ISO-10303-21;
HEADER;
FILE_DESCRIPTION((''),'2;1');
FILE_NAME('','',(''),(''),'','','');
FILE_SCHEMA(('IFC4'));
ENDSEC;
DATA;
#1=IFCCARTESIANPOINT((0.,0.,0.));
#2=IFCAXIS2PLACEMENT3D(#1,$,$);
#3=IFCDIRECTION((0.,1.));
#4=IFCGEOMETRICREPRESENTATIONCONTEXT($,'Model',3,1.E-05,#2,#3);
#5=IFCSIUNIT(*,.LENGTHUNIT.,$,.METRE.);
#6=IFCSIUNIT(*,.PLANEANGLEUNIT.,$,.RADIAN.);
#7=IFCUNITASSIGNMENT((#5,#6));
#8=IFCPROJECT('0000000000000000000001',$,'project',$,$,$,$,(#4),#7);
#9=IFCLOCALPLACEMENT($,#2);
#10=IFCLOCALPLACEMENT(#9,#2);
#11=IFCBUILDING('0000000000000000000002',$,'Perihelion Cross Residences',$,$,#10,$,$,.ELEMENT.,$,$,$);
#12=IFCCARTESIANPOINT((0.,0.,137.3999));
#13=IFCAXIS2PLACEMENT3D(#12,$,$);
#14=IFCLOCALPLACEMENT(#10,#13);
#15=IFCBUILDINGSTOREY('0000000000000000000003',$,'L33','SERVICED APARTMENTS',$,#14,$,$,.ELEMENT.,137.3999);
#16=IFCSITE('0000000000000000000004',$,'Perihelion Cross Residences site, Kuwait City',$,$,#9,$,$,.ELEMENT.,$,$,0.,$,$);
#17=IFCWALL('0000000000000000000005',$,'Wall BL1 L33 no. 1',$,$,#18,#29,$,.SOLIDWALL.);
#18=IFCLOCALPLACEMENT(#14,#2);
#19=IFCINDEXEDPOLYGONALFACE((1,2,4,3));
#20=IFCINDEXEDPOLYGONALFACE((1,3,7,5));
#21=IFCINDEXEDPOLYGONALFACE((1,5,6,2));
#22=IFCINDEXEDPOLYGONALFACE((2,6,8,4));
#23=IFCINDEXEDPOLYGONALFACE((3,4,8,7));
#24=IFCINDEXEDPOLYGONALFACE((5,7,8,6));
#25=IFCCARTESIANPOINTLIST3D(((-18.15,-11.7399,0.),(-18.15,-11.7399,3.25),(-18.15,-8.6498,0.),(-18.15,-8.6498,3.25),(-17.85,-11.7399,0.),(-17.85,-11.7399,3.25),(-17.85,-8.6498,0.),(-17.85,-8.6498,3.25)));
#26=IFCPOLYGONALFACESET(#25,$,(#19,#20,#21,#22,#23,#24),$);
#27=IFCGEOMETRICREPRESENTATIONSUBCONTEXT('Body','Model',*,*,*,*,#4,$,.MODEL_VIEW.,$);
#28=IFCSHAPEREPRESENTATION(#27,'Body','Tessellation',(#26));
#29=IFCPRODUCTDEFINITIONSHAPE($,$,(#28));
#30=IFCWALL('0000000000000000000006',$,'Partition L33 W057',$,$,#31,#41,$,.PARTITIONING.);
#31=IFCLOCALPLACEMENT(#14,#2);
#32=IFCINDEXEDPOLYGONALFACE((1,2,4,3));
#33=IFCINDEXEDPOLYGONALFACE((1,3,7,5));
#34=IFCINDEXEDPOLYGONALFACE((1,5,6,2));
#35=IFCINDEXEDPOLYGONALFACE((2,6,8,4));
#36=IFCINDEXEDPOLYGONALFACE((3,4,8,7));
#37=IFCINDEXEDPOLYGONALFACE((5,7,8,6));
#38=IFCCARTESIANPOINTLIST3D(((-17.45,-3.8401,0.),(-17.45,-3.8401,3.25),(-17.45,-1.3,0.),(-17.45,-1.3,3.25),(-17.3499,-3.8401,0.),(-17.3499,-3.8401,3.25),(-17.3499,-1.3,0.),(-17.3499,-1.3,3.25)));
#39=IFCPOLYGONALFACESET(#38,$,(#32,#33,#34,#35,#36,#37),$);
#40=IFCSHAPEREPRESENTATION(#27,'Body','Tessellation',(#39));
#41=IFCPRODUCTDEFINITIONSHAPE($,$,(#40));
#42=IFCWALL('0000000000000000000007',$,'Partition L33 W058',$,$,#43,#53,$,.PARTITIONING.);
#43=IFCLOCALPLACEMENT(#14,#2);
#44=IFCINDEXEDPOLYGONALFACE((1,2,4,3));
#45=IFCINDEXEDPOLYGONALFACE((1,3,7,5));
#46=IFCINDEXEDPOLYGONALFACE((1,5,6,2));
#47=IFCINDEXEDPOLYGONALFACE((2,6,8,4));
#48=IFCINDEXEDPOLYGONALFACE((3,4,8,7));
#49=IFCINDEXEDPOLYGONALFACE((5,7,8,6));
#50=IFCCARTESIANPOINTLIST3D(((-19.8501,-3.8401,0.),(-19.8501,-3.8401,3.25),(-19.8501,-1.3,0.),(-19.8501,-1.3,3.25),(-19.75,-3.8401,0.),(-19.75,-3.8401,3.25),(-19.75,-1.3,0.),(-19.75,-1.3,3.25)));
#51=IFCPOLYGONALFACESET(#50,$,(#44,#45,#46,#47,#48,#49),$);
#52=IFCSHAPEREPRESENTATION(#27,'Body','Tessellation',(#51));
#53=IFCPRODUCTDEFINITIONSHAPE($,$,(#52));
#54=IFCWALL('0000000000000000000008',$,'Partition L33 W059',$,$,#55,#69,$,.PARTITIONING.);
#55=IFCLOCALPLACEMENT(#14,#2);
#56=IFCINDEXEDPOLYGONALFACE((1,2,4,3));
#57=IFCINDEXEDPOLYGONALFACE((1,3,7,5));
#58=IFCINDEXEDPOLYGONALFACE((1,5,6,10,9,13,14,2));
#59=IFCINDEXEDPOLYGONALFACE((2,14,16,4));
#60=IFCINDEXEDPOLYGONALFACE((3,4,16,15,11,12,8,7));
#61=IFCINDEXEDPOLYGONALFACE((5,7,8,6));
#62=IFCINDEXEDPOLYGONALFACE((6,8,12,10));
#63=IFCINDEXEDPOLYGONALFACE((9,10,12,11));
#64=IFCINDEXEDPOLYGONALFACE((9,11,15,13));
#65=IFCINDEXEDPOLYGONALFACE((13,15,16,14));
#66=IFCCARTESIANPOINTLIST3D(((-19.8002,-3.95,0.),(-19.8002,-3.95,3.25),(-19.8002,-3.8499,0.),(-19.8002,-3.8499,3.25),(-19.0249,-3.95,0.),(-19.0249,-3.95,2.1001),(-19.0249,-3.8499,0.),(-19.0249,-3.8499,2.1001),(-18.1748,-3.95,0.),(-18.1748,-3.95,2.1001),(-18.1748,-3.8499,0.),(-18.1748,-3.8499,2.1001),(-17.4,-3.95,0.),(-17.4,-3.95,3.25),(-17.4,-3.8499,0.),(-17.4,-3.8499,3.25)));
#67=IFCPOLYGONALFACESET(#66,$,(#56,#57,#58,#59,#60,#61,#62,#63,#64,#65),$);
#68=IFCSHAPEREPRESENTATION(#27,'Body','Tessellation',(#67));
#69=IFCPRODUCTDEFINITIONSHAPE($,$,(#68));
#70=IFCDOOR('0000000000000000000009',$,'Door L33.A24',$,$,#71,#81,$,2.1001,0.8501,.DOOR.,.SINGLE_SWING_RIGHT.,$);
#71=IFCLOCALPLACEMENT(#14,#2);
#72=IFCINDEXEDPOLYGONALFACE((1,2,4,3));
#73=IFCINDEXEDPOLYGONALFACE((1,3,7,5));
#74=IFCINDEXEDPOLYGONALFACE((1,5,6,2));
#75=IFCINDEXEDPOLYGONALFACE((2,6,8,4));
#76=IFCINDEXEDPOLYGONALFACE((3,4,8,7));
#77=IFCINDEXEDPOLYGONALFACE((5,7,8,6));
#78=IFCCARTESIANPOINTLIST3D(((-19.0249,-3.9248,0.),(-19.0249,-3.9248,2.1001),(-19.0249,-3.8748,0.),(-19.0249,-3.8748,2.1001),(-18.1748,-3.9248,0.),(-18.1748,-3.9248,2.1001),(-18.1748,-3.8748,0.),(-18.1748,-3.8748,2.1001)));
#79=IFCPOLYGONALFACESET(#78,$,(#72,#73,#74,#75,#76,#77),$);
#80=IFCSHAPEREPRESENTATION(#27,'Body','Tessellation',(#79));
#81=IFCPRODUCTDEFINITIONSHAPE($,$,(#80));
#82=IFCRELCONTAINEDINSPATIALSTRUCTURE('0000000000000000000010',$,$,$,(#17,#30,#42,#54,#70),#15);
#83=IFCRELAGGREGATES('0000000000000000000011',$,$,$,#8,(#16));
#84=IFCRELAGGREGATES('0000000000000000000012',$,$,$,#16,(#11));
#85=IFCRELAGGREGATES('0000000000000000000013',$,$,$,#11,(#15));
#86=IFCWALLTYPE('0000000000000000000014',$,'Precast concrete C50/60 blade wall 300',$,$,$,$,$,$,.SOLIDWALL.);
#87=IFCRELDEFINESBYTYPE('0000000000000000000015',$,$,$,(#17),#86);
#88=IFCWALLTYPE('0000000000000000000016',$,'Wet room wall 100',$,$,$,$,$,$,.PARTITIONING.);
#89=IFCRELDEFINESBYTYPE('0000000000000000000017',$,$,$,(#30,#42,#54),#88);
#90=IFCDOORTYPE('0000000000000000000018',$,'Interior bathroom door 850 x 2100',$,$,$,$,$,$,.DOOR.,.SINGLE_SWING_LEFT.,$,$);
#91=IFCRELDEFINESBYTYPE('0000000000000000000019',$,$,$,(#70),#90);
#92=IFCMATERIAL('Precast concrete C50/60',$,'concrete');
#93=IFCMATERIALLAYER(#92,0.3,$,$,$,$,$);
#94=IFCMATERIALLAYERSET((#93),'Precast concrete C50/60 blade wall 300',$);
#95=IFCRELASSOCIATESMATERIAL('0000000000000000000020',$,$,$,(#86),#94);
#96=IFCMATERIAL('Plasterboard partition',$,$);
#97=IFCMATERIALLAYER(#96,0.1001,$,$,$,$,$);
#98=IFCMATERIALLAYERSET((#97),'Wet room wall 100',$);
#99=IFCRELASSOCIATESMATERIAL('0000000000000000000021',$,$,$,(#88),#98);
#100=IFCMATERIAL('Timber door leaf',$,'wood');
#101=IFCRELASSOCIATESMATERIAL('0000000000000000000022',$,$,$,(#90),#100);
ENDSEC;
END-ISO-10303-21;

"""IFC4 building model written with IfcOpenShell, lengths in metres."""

from ifc_helpers import new_model, si_unit, direction, frame, frame_2d, origin, place, context, subcontext, project, spatial, rectangle, extrude, material, layer, layer_set, type_object, element, fill, save


model = new_model("IFC4")

# Units and contexts
model_context = context("Model", 3, precision=1e-05, world=origin(), true_north=direction((0.0, 1.0)))
body_context = subcontext(model_context, "Body", "Model", "MODEL_VIEW")
ifc_project = project(units=[si_unit("LENGTHUNIT", "METRE"), si_unit("PLANEANGLEUNIT", "RADIAN")], contexts=[model_context])

# Site, building, storey
site_placement = place(None, origin())
site = spatial("IfcSite", under=ifc_project, at=site_placement, Name="Perihelion Cross Residences site, Kuwait City", CompositionType="ELEMENT", RefElevation=0.0)
building_placement = place(site_placement, origin())
building = spatial("IfcBuilding", under=site, at=building_placement, Name="Perihelion Cross Residences", CompositionType="ELEMENT")
storey_placement = place(building_placement, frame((0.0, 0.0, 137.3999)))
storey = spatial("IfcBuildingStorey", under=building, at=storey_placement, Name="L33", Description="SERVICED APARTMENTS", CompositionType="ELEMENT", Elevation=137.3999)

# Walls
ifc_material_1 = material(Name="Precast concrete C50/60", Category="concrete")
ifc_layer_1 = layer(ifc_material_1, 0.3)
ifc_layer_set_1 = layer_set([ifc_layer_1], Name="Precast concrete C50/60 blade wall 300")
wall_type_1 = type_object("IfcWallType", Name="Precast concrete C50/60 blade wall 300", PredefinedType="SOLIDWALL", material=ifc_layer_set_1)
wall_1_placement = place(storey_placement, frame((-18.0, -8.6499, 0.0), z_axis=(0.0, 0.0, 1.0), x_axis=(0.0, -1.0, 0.0)))
element("IfcWall", 1, at=wall_1_placement, inside=storey, type_object=wall_type_1, Name="Wall BL1 L33 no. 1", PredefinedType="SOLIDWALL", context=body_context, shape_type="SweptSolid", body=[
    extrude(rectangle(XDim=3.0901, YDim=0.3, at=frame_2d((1.5449, 0.0))), origin(), (0.0, 0.0, 1.0), 3.25),
])
ifc_material_2 = material(Name="Plasterboard partition")
ifc_layer_2 = layer(ifc_material_2, 0.1001)
ifc_layer_set_2 = layer_set([ifc_layer_2], Name="Wet room wall 100")
wall_type_2 = type_object("IfcWallType", Name="Wet room wall 100", PredefinedType="PARTITIONING", material=ifc_layer_set_2)
for number, where, z_axis, x_axis, name in (
    (2, (-17.3999, -3.8401, 0.0), (0.0, 0.0, 1.0), (0.0, 1.0, 0.0), "Partition L33 W057"),
    (3, (-19.8, -3.8401, 0.0), (0.0, 0.0, 1.0), (0.0, 1.0, 0.0), "Partition L33 W058"),
):
    element("IfcWall", number, at=place(storey_placement, frame(where, z_axis=z_axis, x_axis=x_axis)), inside=storey, type_object=wall_type_2, Name=name, PredefinedType="PARTITIONING", context=body_context, shape_type="SweptSolid", body=[
        extrude(rectangle(XDim=2.54, YDim=0.1001, at=frame_2d((1.27, 0.0))), origin(), (0.0, 0.0, 1.0), 3.25),
    ])

# Wall, opening, door
wall_2_placement = place(storey_placement, frame((-17.3999, -3.8999, 0.0), z_axis=(0.0, 0.0, 1.0), x_axis=(-1.0, 0.0, 0.0)))
wall_2 = element("IfcWall", 4, at=wall_2_placement, inside=storey, type_object=wall_type_2, Name="Partition L33 W059", PredefinedType="PARTITIONING", context=body_context, shape_type="SweptSolid", body=[
    extrude(rectangle(XDim=2.4001, YDim=0.1001, at=frame_2d((1.2002, 0.0))), origin(), (0.0, 0.0, 1.0), 3.25),
])
opening_1_placement = place(wall_2_placement, frame((0.7749, 0.0, 0.0)))
opening_1 = element("IfcOpeningElement", 5, at=opening_1_placement, cuts=wall_2, PredefinedType="OPENING", context=body_context, shape_type="SweptSolid", body=[
    extrude(rectangle(XDim=0.8501, YDim=2.1001, at=frame_2d((0.425, 1.05))), frame((0.0, 0.0601, 0.0), z_axis=(0.0, -1.0, 0.0), x_axis=(1.0, 0.0, 0.0)), (0.0, 0.0, 1.0), 0.1201),
])
ifc_material_3 = material(Name="Timber door leaf", Category="wood")
door_type_1 = type_object("IfcDoorType", Name="Interior bathroom door 850 x 2100", OperationType="SINGLE_SWING_LEFT", PredefinedType="DOOR", material=ifc_material_3)
door_1_placement = place(opening_1_placement, origin())
door_1 = element("IfcDoor", 6, at=door_1_placement, inside=storey, type_object=door_type_1, Name="Door L33.A24", OperationType="SINGLE_SWING_RIGHT", OverallHeight=2.1001, OverallWidth=0.8501, PredefinedType="DOOR", context=body_context, shape_type="SweptSolid", body=[
    extrude(rectangle(XDim=0.8501, YDim=2.1001, at=frame_2d((0.425, 1.05))), frame((0.0, 0.0249, 0.0), z_axis=(0.0, -1.0, 0.0), x_axis=(1.0, 0.0, 0.0)), (0.0, 0.0, 1.0), 0.05),
])
fill(opening_1, door_1)

save(model, "model.ifc")
